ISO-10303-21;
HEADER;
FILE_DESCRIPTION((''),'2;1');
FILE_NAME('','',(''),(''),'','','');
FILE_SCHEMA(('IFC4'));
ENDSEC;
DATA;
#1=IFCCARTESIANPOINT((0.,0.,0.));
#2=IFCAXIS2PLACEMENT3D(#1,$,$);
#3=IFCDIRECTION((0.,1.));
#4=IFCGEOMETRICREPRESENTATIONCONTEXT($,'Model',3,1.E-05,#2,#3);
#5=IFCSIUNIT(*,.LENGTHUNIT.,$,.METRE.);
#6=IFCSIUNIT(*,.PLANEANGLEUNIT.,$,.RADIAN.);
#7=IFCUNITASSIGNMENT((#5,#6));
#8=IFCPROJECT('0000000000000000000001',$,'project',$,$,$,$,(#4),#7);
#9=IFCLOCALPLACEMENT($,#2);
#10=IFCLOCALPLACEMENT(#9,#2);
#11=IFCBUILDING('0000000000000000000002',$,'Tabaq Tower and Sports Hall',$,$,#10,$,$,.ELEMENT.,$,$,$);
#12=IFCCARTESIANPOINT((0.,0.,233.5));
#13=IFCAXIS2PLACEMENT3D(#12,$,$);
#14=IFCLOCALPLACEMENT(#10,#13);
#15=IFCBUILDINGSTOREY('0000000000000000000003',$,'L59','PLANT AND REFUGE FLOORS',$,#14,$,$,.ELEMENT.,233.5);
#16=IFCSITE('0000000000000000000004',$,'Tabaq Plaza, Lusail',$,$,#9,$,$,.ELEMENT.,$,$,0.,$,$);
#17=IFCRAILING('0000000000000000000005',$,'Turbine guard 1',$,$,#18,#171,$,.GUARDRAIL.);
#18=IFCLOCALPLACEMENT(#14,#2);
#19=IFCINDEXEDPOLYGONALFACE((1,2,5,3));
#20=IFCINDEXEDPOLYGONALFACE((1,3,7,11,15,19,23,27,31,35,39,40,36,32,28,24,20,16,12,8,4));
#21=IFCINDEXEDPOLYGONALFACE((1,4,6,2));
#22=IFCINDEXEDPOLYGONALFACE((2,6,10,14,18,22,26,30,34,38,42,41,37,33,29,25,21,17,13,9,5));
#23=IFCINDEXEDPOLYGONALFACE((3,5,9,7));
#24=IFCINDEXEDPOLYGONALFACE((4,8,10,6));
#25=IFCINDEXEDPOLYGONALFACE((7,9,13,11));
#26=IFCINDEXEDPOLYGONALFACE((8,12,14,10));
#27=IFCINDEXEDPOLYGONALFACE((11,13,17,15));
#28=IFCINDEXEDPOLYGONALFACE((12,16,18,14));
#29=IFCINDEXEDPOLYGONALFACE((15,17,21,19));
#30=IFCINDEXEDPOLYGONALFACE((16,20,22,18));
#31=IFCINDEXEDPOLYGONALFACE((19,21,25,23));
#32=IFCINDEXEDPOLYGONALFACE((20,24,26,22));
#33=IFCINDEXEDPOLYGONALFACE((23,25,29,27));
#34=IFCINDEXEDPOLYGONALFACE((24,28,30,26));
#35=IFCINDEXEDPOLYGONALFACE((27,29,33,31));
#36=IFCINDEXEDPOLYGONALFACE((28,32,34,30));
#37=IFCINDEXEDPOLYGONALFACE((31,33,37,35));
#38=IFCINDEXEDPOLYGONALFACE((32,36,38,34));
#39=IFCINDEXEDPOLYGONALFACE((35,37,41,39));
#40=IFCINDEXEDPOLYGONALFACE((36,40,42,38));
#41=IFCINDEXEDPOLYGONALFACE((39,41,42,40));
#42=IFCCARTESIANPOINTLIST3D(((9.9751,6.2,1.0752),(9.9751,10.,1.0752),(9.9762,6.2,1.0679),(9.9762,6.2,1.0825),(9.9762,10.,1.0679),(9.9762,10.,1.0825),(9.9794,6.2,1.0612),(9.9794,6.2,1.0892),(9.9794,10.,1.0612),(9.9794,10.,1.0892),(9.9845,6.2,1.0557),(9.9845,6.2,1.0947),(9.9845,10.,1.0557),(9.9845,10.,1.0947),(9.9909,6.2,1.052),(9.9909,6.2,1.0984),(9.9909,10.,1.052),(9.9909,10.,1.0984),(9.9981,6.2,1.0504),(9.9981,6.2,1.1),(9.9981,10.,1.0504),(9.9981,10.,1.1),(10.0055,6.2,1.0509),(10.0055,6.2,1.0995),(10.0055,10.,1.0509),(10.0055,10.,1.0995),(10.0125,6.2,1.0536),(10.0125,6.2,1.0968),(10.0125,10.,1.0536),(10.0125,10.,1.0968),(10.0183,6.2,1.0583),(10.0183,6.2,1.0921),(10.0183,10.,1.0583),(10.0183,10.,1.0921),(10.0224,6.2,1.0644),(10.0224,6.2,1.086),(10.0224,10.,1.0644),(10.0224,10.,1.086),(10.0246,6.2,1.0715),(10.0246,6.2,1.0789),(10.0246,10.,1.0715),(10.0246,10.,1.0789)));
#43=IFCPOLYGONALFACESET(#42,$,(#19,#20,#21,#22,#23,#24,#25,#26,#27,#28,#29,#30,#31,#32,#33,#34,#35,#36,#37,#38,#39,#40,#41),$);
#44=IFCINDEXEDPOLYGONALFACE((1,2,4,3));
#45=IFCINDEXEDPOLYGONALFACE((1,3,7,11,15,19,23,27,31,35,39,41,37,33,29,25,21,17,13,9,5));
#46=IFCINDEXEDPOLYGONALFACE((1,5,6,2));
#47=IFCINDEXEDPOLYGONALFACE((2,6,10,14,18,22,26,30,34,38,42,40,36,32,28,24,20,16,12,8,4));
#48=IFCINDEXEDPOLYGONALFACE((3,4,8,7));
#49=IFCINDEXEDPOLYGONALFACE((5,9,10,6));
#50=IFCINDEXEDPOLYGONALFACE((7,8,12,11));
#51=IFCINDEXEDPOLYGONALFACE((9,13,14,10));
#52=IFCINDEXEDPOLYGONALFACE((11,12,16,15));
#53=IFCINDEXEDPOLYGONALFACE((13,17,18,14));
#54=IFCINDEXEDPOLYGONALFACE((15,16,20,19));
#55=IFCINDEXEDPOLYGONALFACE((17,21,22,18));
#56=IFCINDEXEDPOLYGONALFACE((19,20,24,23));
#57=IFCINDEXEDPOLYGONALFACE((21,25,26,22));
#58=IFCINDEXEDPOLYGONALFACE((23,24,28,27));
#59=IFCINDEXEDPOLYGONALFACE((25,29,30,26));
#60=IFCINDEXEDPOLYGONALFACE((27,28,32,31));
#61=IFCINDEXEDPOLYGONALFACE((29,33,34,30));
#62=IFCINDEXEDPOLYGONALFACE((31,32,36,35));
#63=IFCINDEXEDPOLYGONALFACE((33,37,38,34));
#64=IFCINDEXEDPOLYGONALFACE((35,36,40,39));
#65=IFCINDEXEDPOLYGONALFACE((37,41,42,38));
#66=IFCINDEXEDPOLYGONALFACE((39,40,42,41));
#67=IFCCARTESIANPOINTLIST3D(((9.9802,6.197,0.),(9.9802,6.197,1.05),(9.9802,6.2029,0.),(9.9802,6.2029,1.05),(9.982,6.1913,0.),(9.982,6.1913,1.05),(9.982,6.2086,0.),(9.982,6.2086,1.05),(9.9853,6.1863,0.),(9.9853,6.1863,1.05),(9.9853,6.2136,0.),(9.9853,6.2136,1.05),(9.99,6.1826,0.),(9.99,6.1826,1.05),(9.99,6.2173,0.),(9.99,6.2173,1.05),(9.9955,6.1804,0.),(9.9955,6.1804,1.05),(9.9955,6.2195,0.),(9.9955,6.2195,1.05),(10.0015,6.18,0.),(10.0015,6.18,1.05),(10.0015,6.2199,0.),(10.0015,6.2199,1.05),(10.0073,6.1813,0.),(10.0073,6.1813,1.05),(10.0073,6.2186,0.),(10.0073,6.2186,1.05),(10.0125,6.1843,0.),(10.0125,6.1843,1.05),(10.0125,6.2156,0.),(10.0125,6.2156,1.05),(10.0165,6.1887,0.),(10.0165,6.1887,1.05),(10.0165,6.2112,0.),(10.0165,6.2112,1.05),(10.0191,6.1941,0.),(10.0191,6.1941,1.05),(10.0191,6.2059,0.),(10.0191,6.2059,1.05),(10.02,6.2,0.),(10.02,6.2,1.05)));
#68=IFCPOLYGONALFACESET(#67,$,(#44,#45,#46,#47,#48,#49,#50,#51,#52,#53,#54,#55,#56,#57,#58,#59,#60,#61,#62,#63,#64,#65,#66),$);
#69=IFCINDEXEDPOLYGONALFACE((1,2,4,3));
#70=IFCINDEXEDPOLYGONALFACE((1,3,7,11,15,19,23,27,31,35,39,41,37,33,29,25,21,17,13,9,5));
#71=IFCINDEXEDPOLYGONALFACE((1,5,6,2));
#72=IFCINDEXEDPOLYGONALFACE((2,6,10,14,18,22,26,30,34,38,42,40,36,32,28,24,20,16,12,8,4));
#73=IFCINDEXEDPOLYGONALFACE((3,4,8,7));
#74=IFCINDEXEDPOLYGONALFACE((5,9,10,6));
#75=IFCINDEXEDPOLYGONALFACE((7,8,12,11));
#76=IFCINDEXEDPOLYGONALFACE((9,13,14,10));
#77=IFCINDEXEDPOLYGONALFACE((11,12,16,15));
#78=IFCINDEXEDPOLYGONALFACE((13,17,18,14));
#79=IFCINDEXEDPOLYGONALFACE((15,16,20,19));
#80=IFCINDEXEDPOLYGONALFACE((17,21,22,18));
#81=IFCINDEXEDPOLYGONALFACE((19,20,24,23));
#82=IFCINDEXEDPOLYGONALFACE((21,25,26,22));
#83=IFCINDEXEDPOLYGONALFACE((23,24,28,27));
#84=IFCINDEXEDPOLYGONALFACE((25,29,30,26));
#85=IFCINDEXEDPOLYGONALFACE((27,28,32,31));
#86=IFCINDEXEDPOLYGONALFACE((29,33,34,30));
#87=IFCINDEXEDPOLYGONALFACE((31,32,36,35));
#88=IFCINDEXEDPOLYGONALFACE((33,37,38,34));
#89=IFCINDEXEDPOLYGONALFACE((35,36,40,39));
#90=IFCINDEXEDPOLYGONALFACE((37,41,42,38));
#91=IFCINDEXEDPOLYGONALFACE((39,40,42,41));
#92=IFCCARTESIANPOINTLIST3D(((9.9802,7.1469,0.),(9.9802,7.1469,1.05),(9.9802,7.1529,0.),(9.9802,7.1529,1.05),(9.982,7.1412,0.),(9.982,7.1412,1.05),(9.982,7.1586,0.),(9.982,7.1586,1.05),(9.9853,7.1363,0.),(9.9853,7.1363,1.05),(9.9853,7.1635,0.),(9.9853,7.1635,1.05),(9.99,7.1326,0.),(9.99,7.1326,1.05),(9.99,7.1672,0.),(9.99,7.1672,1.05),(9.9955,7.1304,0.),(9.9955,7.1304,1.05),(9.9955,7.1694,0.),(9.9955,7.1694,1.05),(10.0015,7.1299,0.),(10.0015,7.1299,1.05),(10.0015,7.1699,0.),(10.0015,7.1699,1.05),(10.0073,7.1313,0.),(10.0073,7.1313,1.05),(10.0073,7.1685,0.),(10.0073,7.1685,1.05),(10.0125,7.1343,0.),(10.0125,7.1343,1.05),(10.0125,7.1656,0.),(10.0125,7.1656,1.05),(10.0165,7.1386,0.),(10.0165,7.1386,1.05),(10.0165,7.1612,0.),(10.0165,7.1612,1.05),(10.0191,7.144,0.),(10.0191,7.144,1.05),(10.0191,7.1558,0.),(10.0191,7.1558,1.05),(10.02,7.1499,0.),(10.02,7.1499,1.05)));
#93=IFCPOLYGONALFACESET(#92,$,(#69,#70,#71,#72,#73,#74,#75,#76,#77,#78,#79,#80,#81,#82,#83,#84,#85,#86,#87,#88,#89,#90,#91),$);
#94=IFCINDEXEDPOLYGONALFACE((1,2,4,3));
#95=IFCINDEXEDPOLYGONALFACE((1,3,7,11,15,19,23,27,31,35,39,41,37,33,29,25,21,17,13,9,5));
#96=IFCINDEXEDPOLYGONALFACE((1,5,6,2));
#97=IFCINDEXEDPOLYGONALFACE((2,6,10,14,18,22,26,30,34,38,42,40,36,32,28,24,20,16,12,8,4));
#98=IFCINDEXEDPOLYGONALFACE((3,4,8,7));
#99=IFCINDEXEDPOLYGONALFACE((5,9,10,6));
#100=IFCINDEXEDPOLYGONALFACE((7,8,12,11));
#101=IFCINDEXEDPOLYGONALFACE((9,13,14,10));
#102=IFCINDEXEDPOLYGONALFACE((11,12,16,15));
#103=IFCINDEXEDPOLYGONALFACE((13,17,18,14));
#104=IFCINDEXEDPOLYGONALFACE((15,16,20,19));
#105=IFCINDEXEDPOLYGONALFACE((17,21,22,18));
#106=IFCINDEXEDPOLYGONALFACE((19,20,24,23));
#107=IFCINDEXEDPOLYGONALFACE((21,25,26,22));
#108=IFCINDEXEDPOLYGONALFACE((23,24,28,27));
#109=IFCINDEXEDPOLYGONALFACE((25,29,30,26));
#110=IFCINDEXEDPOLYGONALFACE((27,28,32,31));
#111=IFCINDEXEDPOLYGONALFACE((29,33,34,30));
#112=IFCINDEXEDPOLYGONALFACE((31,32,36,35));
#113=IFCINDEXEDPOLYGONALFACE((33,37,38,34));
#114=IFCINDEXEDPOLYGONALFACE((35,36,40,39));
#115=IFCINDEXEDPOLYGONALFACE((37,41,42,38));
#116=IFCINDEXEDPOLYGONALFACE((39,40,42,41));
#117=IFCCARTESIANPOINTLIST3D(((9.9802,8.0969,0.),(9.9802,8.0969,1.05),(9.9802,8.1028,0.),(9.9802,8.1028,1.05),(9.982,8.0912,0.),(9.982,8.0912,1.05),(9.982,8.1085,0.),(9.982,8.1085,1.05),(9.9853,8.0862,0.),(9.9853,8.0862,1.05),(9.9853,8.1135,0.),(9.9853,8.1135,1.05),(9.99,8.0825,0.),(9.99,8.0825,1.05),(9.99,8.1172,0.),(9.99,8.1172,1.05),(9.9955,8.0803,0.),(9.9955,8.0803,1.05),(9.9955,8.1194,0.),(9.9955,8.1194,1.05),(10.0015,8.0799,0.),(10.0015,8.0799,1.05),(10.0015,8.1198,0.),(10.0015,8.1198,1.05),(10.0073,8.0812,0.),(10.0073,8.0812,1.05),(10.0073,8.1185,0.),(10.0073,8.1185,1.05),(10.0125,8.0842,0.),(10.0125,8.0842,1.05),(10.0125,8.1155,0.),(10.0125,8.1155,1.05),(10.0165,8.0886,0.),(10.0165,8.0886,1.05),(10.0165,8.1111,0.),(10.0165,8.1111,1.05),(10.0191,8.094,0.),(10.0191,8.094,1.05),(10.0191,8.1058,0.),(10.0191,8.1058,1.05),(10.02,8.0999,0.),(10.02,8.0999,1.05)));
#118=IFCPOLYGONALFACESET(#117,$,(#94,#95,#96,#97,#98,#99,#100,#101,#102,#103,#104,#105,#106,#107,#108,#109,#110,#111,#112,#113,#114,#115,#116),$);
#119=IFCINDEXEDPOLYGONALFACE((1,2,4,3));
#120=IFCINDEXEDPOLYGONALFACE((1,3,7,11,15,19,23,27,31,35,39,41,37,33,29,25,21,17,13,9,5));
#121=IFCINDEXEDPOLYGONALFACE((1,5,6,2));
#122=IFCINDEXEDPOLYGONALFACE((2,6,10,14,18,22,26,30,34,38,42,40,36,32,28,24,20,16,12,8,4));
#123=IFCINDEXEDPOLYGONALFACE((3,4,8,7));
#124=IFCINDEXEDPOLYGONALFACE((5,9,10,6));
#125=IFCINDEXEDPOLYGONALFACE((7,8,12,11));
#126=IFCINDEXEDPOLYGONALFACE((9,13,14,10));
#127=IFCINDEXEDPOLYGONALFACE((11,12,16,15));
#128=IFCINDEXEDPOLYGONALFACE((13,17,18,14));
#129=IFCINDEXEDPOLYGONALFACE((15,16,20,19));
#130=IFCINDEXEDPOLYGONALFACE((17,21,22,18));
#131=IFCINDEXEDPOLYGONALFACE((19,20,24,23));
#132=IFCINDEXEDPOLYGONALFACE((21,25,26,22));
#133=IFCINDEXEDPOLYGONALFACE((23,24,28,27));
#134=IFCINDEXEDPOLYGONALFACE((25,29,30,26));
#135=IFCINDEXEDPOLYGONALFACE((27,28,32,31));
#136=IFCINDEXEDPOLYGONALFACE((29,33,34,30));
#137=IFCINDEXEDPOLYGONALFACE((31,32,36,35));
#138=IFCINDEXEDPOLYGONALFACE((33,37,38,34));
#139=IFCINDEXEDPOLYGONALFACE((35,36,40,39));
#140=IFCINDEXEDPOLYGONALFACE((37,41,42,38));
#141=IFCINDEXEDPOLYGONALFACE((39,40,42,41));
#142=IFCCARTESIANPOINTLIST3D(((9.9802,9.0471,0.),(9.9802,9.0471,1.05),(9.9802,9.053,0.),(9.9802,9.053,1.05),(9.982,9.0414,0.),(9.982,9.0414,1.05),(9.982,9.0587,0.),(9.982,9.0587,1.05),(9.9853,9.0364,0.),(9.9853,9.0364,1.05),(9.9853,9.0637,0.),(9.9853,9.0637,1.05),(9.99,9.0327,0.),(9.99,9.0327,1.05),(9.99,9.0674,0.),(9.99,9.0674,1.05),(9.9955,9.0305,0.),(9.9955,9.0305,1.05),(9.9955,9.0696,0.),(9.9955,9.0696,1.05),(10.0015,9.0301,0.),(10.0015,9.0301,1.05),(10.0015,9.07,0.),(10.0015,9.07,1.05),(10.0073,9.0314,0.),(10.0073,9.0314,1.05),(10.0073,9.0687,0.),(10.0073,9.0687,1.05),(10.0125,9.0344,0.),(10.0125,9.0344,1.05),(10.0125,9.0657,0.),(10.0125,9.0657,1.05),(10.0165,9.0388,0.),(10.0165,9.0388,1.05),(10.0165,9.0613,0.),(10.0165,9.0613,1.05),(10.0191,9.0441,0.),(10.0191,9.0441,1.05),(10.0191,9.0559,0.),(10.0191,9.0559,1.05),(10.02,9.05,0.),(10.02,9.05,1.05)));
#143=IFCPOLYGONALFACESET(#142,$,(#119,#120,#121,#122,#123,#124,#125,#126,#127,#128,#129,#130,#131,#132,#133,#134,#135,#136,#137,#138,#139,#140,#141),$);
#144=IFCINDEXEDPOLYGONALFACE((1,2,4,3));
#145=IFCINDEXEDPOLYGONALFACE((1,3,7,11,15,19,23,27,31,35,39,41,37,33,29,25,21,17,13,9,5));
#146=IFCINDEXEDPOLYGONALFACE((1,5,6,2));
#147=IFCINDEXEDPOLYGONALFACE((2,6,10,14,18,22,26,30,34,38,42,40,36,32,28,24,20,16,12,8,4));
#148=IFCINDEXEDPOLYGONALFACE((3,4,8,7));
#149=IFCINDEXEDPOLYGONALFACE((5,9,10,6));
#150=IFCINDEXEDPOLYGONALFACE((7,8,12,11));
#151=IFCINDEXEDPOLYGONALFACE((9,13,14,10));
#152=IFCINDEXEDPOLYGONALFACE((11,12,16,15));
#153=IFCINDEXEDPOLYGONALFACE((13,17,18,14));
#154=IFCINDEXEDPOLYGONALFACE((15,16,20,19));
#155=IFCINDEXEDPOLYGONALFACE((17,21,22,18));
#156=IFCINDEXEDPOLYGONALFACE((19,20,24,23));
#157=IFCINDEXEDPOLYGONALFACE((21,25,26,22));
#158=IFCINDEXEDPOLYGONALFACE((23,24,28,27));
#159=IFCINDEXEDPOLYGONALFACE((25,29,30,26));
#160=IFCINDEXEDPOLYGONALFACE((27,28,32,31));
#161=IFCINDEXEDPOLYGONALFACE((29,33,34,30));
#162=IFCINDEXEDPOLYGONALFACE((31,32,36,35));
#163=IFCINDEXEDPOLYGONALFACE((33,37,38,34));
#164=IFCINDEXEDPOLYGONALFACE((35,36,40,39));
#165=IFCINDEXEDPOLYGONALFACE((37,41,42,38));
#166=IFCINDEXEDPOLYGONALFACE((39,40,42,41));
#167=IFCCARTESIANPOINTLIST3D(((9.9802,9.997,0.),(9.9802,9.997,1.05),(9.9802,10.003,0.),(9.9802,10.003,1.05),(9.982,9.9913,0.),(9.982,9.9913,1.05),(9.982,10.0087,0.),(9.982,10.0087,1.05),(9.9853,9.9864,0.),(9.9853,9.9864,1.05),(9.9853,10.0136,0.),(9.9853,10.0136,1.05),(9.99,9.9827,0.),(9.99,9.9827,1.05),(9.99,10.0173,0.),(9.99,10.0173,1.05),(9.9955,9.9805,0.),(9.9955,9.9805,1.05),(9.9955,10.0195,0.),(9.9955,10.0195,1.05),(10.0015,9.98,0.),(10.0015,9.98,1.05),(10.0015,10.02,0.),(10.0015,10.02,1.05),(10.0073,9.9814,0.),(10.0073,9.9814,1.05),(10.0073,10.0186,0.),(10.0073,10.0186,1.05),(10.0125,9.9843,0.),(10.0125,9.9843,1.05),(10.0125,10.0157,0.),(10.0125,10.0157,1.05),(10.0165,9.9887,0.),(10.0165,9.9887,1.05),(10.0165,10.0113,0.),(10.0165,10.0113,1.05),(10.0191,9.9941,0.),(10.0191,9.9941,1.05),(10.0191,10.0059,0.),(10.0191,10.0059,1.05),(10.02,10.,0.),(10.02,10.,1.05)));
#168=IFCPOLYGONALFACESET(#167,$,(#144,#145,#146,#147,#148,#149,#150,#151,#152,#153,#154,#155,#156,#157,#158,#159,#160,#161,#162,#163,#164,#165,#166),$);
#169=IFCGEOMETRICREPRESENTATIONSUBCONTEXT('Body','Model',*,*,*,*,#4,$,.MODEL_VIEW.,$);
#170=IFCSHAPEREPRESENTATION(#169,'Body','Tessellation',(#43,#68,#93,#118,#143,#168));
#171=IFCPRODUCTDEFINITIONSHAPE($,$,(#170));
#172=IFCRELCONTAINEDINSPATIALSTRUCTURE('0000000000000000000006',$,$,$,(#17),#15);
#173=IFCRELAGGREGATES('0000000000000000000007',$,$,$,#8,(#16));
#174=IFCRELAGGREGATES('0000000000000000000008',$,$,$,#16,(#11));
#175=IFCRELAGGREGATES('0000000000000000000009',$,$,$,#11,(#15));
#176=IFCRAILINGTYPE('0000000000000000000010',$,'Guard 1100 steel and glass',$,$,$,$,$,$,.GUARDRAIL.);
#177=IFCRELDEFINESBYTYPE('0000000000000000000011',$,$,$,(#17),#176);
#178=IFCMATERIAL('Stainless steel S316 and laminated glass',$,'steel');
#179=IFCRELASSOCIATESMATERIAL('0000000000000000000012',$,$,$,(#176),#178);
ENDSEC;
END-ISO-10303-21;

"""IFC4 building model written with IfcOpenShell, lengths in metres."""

from ifc_helpers import new_model, si_unit, direction, frame, origin, origin_2d, place, context, subcontext, project, spatial, circle, extrude, material, type_object, element, save


model = new_model("IFC4")

# Units and contexts
model_context = context("Model", 3, precision=1e-05, world=origin(), true_north=direction((0.0, 1.0)))
body_context = subcontext(model_context, "Body", "Model", "MODEL_VIEW")
ifc_project = project(units=[si_unit("LENGTHUNIT", "METRE"), si_unit("PLANEANGLEUNIT", "RADIAN")], contexts=[model_context])

# Site, building, storey
site_placement = place(None, origin())
site = spatial("IfcSite", under=ifc_project, at=site_placement, Name="Tabaq Plaza, Lusail", CompositionType="ELEMENT", RefElevation=0.0)
building_placement = place(site_placement, origin())
building = spatial("IfcBuilding", under=site, at=building_placement, Name="Tabaq Tower and Sports Hall", CompositionType="ELEMENT")
storey_placement = place(building_placement, frame((0.0, 0.0, 233.5)))
storey = spatial("IfcBuildingStorey", under=building, at=storey_placement, Name="L59", Description="PLANT AND REFUGE FLOORS", CompositionType="ELEMENT", Elevation=233.5)

# Railing
ifc_material_1 = material(Name="Stainless steel S316 and laminated glass", Category="steel")
railing_type = type_object("IfcRailingType", Name="Guard 1100 steel and glass", PredefinedType="GUARDRAIL", material=ifc_material_1)
railing_1_placement = place(storey_placement, frame((10.0, 6.2, 0.0)))
element("IfcRailing", 1, at=railing_1_placement, inside=storey, type_object=railing_type, Name="Turbine guard 1", PredefinedType="GUARDRAIL", context=body_context, shape_type="SweptSolid", body=[
    extrude(circle(Radius=0.0249, at=origin_2d()), frame((0.0, 0.0, 1.0752), z_axis=(0.0, 1.0, 0.0), x_axis=(-1.0, 0.0, 0.0)), (0.0, 0.0, 1.0), 3.8),
    extrude(circle(Radius=0.02, at=origin_2d()), origin(), (0.0, 0.0, 1.0), 1.05),
    extrude(circle(Radius=0.02, at=origin_2d()), frame((0.0, 0.95, 0.0)), (0.0, 0.0, 1.0), 1.05),
    extrude(circle(Radius=0.02, at=origin_2d()), frame((0.0, 1.8999, 0.0)), (0.0, 0.0, 1.0), 1.05),
    extrude(circle(Radius=0.02, at=origin_2d()), frame((0.0, 2.8501, 0.0)), (0.0, 0.0, 1.0), 1.05),
    extrude(circle(Radius=0.02, at=origin_2d()), frame((0.0, 3.8, 0.0)), (0.0, 0.0, 1.0), 1.05),
])

save(model, "model.ifc")
